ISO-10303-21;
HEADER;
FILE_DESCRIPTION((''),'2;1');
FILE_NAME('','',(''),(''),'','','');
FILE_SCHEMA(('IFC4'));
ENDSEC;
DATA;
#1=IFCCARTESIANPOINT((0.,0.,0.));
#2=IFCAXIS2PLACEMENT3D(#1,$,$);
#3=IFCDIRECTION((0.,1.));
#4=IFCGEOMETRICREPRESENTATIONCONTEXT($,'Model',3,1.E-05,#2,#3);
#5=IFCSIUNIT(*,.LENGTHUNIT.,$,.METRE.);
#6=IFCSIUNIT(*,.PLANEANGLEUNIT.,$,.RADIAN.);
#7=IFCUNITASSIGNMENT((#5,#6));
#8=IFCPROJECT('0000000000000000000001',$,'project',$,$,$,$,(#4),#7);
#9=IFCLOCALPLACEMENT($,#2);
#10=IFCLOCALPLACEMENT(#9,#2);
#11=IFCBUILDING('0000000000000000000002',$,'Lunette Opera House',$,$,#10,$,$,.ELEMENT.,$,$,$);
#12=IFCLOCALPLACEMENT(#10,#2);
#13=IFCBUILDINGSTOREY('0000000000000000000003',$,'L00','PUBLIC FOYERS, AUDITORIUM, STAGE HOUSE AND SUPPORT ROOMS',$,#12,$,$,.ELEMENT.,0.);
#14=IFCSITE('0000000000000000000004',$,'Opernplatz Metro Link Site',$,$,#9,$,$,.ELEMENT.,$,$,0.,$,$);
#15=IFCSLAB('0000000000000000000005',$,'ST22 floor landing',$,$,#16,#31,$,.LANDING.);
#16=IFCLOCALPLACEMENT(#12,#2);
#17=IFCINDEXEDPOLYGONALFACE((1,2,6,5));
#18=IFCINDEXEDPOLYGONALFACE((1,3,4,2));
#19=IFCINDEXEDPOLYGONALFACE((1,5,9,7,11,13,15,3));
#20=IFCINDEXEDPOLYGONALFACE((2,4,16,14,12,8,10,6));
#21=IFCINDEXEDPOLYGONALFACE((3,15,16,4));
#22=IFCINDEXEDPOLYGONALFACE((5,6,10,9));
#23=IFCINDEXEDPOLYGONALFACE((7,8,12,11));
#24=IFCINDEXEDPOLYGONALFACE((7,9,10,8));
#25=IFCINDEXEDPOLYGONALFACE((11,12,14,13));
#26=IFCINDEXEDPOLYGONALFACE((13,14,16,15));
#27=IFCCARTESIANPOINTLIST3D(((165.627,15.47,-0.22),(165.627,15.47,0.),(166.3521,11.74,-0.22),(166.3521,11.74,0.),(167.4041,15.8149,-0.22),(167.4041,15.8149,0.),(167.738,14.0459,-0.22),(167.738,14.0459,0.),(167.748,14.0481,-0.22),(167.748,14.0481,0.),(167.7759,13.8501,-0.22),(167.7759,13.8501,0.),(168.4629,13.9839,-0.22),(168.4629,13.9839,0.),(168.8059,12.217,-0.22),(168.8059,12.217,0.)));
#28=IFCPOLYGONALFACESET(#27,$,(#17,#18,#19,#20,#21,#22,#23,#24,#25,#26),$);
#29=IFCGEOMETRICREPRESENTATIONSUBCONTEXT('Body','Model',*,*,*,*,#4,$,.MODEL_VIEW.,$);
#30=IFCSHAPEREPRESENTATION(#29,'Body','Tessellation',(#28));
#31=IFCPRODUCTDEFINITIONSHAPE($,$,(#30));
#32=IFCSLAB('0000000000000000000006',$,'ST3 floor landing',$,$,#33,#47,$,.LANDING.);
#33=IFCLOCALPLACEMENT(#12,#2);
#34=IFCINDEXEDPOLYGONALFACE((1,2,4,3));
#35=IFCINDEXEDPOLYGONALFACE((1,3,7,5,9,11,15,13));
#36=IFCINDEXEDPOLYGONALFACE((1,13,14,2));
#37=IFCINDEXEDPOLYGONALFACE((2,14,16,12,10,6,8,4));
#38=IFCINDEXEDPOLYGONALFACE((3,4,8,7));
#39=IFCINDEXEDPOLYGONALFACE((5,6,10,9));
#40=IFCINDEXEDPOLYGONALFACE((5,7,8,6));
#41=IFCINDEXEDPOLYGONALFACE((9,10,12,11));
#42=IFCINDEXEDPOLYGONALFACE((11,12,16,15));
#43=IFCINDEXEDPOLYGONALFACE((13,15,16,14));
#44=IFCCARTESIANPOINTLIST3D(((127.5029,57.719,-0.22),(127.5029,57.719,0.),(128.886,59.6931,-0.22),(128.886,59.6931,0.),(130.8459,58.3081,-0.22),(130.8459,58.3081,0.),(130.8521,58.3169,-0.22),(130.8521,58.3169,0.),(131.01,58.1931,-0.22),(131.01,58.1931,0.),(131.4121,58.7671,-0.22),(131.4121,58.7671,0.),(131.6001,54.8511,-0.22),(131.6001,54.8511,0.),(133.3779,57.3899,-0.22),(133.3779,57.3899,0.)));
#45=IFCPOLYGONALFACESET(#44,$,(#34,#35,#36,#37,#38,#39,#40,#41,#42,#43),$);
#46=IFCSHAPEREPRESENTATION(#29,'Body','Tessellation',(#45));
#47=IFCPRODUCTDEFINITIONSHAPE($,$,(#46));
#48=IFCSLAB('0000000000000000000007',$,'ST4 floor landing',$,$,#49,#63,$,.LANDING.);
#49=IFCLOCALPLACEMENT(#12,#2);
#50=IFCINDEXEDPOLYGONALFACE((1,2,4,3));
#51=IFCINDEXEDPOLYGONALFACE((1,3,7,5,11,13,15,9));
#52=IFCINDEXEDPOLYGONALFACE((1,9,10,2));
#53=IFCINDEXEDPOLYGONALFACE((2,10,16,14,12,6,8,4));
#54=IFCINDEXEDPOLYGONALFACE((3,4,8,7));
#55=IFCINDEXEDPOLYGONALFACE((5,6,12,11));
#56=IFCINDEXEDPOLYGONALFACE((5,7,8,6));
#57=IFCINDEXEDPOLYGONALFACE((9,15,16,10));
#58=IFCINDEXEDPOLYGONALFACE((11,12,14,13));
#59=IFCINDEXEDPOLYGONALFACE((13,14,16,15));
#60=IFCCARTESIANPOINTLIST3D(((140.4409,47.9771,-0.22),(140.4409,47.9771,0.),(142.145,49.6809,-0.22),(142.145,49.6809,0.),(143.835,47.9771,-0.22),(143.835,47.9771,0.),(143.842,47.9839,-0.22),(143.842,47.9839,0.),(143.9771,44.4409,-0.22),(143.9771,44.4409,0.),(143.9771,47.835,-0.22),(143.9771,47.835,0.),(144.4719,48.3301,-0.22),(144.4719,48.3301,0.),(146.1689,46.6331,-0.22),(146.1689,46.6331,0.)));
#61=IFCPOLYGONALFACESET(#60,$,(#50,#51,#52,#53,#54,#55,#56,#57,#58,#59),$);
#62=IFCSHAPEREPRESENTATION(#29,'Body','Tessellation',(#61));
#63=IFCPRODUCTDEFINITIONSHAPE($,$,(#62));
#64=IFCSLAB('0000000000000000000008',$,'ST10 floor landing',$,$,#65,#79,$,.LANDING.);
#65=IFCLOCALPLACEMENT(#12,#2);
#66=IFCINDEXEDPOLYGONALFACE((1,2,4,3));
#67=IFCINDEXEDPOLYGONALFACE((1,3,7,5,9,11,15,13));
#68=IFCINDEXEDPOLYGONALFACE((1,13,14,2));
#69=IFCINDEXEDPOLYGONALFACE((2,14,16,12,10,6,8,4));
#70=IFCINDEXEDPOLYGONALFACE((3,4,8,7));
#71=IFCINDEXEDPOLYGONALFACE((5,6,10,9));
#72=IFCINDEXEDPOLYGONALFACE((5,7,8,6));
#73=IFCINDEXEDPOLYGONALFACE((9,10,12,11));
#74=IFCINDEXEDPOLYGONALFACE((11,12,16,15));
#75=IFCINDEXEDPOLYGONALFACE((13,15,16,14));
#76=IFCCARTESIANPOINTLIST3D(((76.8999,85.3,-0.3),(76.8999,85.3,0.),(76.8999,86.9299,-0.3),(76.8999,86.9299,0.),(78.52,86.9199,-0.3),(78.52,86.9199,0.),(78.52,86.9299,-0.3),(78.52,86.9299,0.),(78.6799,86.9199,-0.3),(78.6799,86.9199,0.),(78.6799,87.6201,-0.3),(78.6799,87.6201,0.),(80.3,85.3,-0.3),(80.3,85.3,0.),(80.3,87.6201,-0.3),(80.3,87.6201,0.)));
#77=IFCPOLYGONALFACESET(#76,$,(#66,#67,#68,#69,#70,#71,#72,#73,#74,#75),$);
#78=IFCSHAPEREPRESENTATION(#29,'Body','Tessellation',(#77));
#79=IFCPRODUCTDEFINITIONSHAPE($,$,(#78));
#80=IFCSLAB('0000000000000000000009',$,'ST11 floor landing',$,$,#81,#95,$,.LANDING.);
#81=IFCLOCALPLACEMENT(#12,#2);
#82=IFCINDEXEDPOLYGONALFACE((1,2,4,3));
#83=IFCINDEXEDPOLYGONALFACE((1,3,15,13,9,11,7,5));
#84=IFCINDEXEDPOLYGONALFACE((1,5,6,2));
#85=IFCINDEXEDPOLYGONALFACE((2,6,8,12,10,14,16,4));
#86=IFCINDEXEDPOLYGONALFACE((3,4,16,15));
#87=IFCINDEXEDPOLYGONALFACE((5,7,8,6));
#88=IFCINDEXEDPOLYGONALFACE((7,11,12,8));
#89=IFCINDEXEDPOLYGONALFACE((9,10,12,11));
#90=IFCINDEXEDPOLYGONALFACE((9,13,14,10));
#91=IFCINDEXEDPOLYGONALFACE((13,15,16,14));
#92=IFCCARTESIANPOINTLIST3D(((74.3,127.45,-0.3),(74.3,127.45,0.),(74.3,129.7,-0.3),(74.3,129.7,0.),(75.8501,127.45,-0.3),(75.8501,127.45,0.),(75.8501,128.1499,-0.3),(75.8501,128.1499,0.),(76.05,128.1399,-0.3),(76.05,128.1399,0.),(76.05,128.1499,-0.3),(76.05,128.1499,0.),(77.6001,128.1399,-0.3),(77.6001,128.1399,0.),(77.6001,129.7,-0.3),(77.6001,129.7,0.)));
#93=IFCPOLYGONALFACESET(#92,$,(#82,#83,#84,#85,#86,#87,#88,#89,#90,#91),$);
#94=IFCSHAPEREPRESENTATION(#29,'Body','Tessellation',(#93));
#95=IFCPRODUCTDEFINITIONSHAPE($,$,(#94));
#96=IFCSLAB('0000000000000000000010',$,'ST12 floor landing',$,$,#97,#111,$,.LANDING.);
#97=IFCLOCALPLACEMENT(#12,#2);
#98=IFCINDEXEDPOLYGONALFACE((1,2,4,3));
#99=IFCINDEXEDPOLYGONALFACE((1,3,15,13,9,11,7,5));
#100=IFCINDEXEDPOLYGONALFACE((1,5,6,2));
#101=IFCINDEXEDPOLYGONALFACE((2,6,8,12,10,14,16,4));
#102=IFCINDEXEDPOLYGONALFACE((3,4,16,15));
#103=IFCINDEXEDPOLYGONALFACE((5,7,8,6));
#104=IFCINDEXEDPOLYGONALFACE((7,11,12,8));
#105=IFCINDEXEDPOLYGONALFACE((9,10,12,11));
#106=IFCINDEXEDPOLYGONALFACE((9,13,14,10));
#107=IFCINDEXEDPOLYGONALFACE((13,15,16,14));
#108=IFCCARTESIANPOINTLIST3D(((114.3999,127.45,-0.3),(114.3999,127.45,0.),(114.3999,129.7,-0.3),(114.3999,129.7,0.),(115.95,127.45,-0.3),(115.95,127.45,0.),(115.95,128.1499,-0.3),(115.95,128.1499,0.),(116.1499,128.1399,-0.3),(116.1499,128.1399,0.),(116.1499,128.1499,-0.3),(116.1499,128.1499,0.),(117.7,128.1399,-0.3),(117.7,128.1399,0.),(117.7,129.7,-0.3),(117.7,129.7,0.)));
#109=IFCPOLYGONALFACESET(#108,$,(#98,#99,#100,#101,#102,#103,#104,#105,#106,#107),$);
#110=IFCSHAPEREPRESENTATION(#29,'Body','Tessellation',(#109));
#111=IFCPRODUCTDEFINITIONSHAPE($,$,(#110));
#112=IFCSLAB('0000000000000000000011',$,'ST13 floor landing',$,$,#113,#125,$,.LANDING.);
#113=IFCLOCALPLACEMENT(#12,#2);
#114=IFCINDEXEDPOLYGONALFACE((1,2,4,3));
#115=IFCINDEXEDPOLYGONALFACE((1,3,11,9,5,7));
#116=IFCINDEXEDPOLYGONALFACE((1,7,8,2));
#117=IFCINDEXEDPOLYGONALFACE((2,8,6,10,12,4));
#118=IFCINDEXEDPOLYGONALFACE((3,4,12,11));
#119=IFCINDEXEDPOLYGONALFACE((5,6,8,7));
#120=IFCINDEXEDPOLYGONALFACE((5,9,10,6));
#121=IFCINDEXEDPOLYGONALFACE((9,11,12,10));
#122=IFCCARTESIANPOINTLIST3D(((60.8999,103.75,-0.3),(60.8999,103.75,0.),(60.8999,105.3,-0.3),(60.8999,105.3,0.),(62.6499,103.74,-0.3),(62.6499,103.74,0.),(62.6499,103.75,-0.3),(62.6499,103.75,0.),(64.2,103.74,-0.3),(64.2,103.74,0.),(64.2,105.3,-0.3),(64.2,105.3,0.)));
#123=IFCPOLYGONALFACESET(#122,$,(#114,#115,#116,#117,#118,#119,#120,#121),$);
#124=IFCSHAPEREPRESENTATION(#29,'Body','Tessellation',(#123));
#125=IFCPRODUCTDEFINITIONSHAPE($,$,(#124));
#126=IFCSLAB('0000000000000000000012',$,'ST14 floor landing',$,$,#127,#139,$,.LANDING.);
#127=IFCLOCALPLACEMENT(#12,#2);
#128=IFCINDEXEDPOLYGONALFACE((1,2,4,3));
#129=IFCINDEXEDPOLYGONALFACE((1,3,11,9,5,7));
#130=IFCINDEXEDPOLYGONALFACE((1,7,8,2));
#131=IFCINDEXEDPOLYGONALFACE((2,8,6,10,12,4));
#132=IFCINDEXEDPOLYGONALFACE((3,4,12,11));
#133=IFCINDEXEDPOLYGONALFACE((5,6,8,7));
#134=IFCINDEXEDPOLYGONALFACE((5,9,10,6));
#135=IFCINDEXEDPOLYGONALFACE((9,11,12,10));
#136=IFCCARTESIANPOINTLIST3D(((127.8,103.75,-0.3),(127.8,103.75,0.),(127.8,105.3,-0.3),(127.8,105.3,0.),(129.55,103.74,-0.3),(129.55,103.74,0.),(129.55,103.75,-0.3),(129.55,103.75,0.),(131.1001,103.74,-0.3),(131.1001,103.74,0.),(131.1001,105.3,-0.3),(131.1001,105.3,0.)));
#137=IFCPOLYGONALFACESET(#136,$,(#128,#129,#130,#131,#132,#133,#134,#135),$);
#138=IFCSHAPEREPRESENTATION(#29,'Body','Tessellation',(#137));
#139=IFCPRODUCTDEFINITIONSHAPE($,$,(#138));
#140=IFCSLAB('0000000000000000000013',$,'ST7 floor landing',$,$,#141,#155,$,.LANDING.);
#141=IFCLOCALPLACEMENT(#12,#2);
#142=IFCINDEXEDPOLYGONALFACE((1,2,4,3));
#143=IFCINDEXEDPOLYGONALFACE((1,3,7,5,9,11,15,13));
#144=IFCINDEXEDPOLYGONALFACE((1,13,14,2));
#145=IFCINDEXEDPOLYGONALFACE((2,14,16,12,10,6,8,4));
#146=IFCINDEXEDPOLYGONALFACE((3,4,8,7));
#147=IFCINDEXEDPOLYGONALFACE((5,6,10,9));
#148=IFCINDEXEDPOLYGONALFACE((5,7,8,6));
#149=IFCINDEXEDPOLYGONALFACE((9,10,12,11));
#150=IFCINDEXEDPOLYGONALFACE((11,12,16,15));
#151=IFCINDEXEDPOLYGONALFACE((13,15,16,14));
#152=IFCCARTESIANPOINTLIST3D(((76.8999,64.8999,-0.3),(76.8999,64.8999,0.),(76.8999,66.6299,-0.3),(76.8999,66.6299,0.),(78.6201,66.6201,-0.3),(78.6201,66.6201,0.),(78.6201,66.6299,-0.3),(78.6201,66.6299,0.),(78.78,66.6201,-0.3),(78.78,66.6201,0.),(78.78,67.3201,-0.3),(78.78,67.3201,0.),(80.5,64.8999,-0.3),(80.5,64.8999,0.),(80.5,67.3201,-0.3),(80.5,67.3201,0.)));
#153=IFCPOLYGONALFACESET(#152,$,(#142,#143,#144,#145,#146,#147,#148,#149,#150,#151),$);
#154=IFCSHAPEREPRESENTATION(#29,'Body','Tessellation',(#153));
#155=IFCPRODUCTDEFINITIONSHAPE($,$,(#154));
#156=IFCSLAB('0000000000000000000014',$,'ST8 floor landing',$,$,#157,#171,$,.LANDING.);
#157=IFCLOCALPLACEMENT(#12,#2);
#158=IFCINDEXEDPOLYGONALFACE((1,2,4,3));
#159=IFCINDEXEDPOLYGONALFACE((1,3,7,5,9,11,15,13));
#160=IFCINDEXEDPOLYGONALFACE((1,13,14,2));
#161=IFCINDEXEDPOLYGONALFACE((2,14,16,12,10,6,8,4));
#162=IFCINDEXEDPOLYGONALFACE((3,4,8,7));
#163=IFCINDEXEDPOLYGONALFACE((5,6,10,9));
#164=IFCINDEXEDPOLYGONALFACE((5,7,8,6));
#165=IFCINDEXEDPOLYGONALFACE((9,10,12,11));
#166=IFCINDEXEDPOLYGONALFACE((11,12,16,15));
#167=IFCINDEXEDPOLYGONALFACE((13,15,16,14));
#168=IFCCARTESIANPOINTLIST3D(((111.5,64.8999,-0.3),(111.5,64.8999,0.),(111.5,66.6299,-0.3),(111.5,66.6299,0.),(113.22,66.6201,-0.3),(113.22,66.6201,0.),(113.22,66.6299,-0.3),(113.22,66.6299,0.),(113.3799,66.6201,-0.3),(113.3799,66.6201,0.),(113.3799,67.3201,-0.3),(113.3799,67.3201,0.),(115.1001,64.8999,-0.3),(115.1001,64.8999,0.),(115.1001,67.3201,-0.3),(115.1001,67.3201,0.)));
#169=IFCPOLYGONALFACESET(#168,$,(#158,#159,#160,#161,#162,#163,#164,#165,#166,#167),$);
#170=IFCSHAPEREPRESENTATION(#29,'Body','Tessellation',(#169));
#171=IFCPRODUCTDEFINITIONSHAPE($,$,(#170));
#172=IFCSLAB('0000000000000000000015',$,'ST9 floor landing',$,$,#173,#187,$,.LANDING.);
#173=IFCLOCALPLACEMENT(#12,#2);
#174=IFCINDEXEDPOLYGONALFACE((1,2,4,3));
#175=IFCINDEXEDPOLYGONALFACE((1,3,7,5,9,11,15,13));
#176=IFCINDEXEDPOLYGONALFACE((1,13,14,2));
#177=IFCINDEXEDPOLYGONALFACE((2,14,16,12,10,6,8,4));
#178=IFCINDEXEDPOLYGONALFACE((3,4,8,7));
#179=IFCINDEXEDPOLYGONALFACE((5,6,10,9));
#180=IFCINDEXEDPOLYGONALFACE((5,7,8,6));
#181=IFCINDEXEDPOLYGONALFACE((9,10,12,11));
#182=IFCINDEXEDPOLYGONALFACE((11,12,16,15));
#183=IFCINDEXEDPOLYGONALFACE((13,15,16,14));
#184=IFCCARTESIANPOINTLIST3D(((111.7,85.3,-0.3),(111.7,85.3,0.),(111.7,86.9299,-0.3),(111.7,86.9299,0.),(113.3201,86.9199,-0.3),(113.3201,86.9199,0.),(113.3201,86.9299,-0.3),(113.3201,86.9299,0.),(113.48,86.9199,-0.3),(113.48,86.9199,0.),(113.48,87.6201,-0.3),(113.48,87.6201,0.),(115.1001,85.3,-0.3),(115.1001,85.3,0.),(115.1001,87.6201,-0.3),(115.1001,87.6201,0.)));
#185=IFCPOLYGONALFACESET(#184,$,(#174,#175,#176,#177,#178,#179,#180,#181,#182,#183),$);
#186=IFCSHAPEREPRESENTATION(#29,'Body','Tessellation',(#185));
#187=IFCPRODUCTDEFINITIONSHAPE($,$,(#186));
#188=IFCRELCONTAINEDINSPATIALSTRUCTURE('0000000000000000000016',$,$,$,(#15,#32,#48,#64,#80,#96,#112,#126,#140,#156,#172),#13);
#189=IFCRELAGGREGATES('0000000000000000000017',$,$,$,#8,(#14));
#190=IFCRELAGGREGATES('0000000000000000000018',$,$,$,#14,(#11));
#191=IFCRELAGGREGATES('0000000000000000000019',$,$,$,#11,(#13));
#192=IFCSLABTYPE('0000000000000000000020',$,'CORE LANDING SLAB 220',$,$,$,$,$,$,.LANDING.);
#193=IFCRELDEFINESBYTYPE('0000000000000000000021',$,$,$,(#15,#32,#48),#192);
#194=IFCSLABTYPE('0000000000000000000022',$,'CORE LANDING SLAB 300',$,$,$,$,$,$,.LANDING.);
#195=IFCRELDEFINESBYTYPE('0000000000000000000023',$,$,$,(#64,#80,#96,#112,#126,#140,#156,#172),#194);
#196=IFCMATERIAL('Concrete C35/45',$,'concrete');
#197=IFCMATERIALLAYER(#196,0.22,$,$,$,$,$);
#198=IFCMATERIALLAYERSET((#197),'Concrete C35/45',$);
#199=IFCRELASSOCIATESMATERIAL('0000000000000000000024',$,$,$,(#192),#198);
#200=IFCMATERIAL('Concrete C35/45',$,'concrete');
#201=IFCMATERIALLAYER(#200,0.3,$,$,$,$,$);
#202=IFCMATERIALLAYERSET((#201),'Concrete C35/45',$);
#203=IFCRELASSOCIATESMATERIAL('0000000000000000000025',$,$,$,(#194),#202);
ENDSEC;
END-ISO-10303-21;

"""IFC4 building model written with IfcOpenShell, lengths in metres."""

from ifc_helpers import new_model, si_unit, direction, frame, origin, place, context, subcontext, project, spatial, polyline, outline, extrude, material, layer, layer_set, type_object, element, save


model = new_model("IFC4")

# Units and contexts
model_context = context("Model", 3, precision=1e-05, world=origin(), true_north=direction((0.0, 1.0)))
body_context = subcontext(model_context, "Body", "Model", "MODEL_VIEW")
ifc_project = project(units=[si_unit("LENGTHUNIT", "METRE"), si_unit("PLANEANGLEUNIT", "RADIAN")], contexts=[model_context])

# Site, building, storey
site_placement = place(None, origin())
site = spatial("IfcSite", under=ifc_project, at=site_placement, Name="Opernplatz Metro Link Site", CompositionType="ELEMENT", RefElevation=0.0)
building_placement = place(site_placement, origin())
building = spatial("IfcBuilding", under=site, at=building_placement, Name="Lunette Opera House", CompositionType="ELEMENT")
storey_placement = place(building_placement, origin())
storey = spatial("IfcBuildingStorey", under=building, at=storey_placement, Name="L00", Description="PUBLIC FOYERS, AUDITORIUM, STAGE HOUSE AND SUPPORT ROOMS", CompositionType="ELEMENT", Elevation=0.0)

# Slabs
ifc_material_1 = material(Name="Concrete C35/45", Category="concrete")
ifc_layer_1 = layer(ifc_material_1, 0.22)
ifc_layer_set_1 = layer_set([ifc_layer_1], Name="Concrete C35/45")
slab_type_1 = type_object("IfcSlabType", Name="CORE LANDING SLAB 220", PredefinedType="LANDING", material=ifc_layer_set_1)
slab_1_placement = place(storey_placement, frame((0.0, 0.0, -0.22)))
element("IfcSlab", 1, at=slab_1_placement, inside=storey, type_object=slab_type_1, Name="ST22 floor landing", PredefinedType="LANDING", context=body_context, shape_type="SweptSolid", body=[
    extrude(outline(polyline([(166.3521, 11.74), (165.627, 15.47), (167.4041, 15.8149), (167.748, 14.0481), (167.738, 14.0459), (167.7759, 13.8501), (168.4629, 13.9839), (168.8059, 12.217), (166.3521, 11.74)])), origin(), (0.0, 0.0, 1.0), 0.22),
])
slab_2_placement = place(storey_placement, frame((0.0, 0.0, -0.22)))
element("IfcSlab", 2, at=slab_2_placement, inside=storey, type_object=slab_type_1, Name="ST3 floor landing", PredefinedType="LANDING", context=body_context, shape_type="SweptSolid", body=[
    extrude(outline(polyline([(127.5029, 57.719), (128.886, 59.6931), (130.8521, 58.3169), (130.8459, 58.3081), (131.01, 58.1931), (131.4121, 58.7671), (133.3779, 57.3899), (131.6001, 54.8511), (127.5029, 57.719)])), origin(), (0.0, 0.0, 1.0), 0.22),
])
slab_3_placement = place(storey_placement, frame((0.0, 0.0, -0.22)))
element("IfcSlab", 3, at=slab_3_placement, inside=storey, type_object=slab_type_1, Name="ST4 floor landing", PredefinedType="LANDING", context=body_context, shape_type="SweptSolid", body=[
    extrude(outline(polyline([(140.4409, 47.9771), (142.145, 49.6809), (143.842, 47.9839), (143.835, 47.9771), (143.9771, 47.835), (144.4719, 48.3301), (146.1689, 46.6331), (143.9771, 44.4409), (140.4409, 47.9771)])), origin(), (0.0, 0.0, 1.0), 0.22),
])
ifc_material_2 = material(Name="Concrete C35/45", Category="concrete")
ifc_layer_2 = layer(ifc_material_2, 0.3)
ifc_layer_set_2 = layer_set([ifc_layer_2], Name="Concrete C35/45")
slab_type_2 = type_object("IfcSlabType", Name="CORE LANDING SLAB 300", PredefinedType="LANDING", material=ifc_layer_set_2)
slab_4_placement = place(storey_placement, frame((0.0, 0.0, -0.3)))
element("IfcSlab", 4, at=slab_4_placement, inside=storey, type_object=slab_type_2, Name="ST10 floor landing", PredefinedType="LANDING", context=body_context, shape_type="SweptSolid", body=[
    extrude(outline(polyline([(76.8999, 85.3), (76.8999, 86.9299), (78.52, 86.9299), (78.52, 86.9199), (78.6799, 86.9199), (78.6799, 87.6201), (80.3, 87.6201), (80.3, 85.3), (76.8999, 85.3)])), origin(), (0.0, 0.0, 1.0), 0.3),
])
slab_5_placement = place(storey_placement, frame((0.0, 0.0, -0.3)))
element("IfcSlab", 5, at=slab_5_placement, inside=storey, type_object=slab_type_2, Name="ST11 floor landing", PredefinedType="LANDING", context=body_context, shape_type="SweptSolid", body=[
    extrude(outline(polyline([(77.6001, 129.7), (77.6001, 128.1399), (76.05, 128.1399), (76.05, 128.1499), (75.8501, 128.1499), (75.8501, 127.45), (74.3, 127.45), (74.3, 129.7), (77.6001, 129.7)])), origin(), (0.0, 0.0, 1.0), 0.3),
])
slab_6_placement = place(storey_placement, frame((0.0, 0.0, -0.3)))
element("IfcSlab", 6, at=slab_6_placement, inside=storey, type_object=slab_type_2, Name="ST12 floor landing", PredefinedType="LANDING", context=body_context, shape_type="SweptSolid", body=[
    extrude(outline(polyline([(117.7, 128.1399), (116.1499, 128.1399), (116.1499, 128.1499), (115.95, 128.1499), (115.95, 127.45), (114.3999, 127.45), (114.3999, 129.7), (117.7, 129.7), (117.7, 128.1399)])), origin(), (0.0, 0.0, 1.0), 0.3),
])
slab_7_placement = place(storey_placement, frame((0.0, 0.0, -0.3)))
element("IfcSlab", 7, at=slab_7_placement, inside=storey, type_object=slab_type_2, Name="ST13 floor landing", PredefinedType="LANDING", context=body_context, shape_type="SweptSolid", body=[
    extrude(outline(polyline([(64.2, 103.74), (62.6499, 103.74), (62.6499, 103.75), (60.8999, 103.75), (60.8999, 105.3), (64.2, 105.3), (64.2, 103.74)])), origin(), (0.0, 0.0, 1.0), 0.3),
])
slab_8_placement = place(storey_placement, frame((0.0, 0.0, -0.3)))
element("IfcSlab", 8, at=slab_8_placement, inside=storey, type_object=slab_type_2, Name="ST14 floor landing", PredefinedType="LANDING", context=body_context, shape_type="SweptSolid", body=[
    extrude(outline(polyline([(131.1001, 103.74), (129.55, 103.74), (129.55, 103.75), (127.8, 103.75), (127.8, 105.3), (131.1001, 105.3), (131.1001, 103.74)])), origin(), (0.0, 0.0, 1.0), 0.3),
])
slab_9_placement = place(storey_placement, frame((0.0, 0.0, -0.3)))
element("IfcSlab", 9, at=slab_9_placement, inside=storey, type_object=slab_type_2, Name="ST7 floor landing", PredefinedType="LANDING", context=body_context, shape_type="SweptSolid", body=[
    extrude(outline(polyline([(76.8999, 64.8999), (76.8999, 66.6299), (78.6201, 66.6299), (78.6201, 66.6201), (78.78, 66.6201), (78.78, 67.3201), (80.5, 67.3201), (80.5, 64.8999), (76.8999, 64.8999)])), origin(), (0.0, 0.0, 1.0), 0.3),
])
slab_10_placement = place(storey_placement, frame((0.0, 0.0, -0.3)))
element("IfcSlab", 10, at=slab_10_placement, inside=storey, type_object=slab_type_2, Name="ST8 floor landing", PredefinedType="LANDING", context=body_context, shape_type="SweptSolid", body=[
    extrude(outline(polyline([(111.5, 64.8999), (111.5, 66.6299), (113.22, 66.6299), (113.22, 66.6201), (113.3799, 66.6201), (113.3799, 67.3201), (115.1001, 67.3201), (115.1001, 64.8999), (111.5, 64.8999)])), origin(), (0.0, 0.0, 1.0), 0.3),
])
slab_11_placement = place(storey_placement, frame((0.0, 0.0, -0.3)))
element("IfcSlab", 11, at=slab_11_placement, inside=storey, type_object=slab_type_2, Name="ST9 floor landing", PredefinedType="LANDING", context=body_context, shape_type="SweptSolid", body=[
    extrude(outline(polyline([(111.7, 85.3), (111.7, 86.9299), (113.3201, 86.9299), (113.3201, 86.9199), (113.48, 86.9199), (113.48, 87.6201), (115.1001, 87.6201), (115.1001, 85.3), (111.7, 85.3)])), origin(), (0.0, 0.0, 1.0), 0.3),
])

save(model, "model.ifc")
